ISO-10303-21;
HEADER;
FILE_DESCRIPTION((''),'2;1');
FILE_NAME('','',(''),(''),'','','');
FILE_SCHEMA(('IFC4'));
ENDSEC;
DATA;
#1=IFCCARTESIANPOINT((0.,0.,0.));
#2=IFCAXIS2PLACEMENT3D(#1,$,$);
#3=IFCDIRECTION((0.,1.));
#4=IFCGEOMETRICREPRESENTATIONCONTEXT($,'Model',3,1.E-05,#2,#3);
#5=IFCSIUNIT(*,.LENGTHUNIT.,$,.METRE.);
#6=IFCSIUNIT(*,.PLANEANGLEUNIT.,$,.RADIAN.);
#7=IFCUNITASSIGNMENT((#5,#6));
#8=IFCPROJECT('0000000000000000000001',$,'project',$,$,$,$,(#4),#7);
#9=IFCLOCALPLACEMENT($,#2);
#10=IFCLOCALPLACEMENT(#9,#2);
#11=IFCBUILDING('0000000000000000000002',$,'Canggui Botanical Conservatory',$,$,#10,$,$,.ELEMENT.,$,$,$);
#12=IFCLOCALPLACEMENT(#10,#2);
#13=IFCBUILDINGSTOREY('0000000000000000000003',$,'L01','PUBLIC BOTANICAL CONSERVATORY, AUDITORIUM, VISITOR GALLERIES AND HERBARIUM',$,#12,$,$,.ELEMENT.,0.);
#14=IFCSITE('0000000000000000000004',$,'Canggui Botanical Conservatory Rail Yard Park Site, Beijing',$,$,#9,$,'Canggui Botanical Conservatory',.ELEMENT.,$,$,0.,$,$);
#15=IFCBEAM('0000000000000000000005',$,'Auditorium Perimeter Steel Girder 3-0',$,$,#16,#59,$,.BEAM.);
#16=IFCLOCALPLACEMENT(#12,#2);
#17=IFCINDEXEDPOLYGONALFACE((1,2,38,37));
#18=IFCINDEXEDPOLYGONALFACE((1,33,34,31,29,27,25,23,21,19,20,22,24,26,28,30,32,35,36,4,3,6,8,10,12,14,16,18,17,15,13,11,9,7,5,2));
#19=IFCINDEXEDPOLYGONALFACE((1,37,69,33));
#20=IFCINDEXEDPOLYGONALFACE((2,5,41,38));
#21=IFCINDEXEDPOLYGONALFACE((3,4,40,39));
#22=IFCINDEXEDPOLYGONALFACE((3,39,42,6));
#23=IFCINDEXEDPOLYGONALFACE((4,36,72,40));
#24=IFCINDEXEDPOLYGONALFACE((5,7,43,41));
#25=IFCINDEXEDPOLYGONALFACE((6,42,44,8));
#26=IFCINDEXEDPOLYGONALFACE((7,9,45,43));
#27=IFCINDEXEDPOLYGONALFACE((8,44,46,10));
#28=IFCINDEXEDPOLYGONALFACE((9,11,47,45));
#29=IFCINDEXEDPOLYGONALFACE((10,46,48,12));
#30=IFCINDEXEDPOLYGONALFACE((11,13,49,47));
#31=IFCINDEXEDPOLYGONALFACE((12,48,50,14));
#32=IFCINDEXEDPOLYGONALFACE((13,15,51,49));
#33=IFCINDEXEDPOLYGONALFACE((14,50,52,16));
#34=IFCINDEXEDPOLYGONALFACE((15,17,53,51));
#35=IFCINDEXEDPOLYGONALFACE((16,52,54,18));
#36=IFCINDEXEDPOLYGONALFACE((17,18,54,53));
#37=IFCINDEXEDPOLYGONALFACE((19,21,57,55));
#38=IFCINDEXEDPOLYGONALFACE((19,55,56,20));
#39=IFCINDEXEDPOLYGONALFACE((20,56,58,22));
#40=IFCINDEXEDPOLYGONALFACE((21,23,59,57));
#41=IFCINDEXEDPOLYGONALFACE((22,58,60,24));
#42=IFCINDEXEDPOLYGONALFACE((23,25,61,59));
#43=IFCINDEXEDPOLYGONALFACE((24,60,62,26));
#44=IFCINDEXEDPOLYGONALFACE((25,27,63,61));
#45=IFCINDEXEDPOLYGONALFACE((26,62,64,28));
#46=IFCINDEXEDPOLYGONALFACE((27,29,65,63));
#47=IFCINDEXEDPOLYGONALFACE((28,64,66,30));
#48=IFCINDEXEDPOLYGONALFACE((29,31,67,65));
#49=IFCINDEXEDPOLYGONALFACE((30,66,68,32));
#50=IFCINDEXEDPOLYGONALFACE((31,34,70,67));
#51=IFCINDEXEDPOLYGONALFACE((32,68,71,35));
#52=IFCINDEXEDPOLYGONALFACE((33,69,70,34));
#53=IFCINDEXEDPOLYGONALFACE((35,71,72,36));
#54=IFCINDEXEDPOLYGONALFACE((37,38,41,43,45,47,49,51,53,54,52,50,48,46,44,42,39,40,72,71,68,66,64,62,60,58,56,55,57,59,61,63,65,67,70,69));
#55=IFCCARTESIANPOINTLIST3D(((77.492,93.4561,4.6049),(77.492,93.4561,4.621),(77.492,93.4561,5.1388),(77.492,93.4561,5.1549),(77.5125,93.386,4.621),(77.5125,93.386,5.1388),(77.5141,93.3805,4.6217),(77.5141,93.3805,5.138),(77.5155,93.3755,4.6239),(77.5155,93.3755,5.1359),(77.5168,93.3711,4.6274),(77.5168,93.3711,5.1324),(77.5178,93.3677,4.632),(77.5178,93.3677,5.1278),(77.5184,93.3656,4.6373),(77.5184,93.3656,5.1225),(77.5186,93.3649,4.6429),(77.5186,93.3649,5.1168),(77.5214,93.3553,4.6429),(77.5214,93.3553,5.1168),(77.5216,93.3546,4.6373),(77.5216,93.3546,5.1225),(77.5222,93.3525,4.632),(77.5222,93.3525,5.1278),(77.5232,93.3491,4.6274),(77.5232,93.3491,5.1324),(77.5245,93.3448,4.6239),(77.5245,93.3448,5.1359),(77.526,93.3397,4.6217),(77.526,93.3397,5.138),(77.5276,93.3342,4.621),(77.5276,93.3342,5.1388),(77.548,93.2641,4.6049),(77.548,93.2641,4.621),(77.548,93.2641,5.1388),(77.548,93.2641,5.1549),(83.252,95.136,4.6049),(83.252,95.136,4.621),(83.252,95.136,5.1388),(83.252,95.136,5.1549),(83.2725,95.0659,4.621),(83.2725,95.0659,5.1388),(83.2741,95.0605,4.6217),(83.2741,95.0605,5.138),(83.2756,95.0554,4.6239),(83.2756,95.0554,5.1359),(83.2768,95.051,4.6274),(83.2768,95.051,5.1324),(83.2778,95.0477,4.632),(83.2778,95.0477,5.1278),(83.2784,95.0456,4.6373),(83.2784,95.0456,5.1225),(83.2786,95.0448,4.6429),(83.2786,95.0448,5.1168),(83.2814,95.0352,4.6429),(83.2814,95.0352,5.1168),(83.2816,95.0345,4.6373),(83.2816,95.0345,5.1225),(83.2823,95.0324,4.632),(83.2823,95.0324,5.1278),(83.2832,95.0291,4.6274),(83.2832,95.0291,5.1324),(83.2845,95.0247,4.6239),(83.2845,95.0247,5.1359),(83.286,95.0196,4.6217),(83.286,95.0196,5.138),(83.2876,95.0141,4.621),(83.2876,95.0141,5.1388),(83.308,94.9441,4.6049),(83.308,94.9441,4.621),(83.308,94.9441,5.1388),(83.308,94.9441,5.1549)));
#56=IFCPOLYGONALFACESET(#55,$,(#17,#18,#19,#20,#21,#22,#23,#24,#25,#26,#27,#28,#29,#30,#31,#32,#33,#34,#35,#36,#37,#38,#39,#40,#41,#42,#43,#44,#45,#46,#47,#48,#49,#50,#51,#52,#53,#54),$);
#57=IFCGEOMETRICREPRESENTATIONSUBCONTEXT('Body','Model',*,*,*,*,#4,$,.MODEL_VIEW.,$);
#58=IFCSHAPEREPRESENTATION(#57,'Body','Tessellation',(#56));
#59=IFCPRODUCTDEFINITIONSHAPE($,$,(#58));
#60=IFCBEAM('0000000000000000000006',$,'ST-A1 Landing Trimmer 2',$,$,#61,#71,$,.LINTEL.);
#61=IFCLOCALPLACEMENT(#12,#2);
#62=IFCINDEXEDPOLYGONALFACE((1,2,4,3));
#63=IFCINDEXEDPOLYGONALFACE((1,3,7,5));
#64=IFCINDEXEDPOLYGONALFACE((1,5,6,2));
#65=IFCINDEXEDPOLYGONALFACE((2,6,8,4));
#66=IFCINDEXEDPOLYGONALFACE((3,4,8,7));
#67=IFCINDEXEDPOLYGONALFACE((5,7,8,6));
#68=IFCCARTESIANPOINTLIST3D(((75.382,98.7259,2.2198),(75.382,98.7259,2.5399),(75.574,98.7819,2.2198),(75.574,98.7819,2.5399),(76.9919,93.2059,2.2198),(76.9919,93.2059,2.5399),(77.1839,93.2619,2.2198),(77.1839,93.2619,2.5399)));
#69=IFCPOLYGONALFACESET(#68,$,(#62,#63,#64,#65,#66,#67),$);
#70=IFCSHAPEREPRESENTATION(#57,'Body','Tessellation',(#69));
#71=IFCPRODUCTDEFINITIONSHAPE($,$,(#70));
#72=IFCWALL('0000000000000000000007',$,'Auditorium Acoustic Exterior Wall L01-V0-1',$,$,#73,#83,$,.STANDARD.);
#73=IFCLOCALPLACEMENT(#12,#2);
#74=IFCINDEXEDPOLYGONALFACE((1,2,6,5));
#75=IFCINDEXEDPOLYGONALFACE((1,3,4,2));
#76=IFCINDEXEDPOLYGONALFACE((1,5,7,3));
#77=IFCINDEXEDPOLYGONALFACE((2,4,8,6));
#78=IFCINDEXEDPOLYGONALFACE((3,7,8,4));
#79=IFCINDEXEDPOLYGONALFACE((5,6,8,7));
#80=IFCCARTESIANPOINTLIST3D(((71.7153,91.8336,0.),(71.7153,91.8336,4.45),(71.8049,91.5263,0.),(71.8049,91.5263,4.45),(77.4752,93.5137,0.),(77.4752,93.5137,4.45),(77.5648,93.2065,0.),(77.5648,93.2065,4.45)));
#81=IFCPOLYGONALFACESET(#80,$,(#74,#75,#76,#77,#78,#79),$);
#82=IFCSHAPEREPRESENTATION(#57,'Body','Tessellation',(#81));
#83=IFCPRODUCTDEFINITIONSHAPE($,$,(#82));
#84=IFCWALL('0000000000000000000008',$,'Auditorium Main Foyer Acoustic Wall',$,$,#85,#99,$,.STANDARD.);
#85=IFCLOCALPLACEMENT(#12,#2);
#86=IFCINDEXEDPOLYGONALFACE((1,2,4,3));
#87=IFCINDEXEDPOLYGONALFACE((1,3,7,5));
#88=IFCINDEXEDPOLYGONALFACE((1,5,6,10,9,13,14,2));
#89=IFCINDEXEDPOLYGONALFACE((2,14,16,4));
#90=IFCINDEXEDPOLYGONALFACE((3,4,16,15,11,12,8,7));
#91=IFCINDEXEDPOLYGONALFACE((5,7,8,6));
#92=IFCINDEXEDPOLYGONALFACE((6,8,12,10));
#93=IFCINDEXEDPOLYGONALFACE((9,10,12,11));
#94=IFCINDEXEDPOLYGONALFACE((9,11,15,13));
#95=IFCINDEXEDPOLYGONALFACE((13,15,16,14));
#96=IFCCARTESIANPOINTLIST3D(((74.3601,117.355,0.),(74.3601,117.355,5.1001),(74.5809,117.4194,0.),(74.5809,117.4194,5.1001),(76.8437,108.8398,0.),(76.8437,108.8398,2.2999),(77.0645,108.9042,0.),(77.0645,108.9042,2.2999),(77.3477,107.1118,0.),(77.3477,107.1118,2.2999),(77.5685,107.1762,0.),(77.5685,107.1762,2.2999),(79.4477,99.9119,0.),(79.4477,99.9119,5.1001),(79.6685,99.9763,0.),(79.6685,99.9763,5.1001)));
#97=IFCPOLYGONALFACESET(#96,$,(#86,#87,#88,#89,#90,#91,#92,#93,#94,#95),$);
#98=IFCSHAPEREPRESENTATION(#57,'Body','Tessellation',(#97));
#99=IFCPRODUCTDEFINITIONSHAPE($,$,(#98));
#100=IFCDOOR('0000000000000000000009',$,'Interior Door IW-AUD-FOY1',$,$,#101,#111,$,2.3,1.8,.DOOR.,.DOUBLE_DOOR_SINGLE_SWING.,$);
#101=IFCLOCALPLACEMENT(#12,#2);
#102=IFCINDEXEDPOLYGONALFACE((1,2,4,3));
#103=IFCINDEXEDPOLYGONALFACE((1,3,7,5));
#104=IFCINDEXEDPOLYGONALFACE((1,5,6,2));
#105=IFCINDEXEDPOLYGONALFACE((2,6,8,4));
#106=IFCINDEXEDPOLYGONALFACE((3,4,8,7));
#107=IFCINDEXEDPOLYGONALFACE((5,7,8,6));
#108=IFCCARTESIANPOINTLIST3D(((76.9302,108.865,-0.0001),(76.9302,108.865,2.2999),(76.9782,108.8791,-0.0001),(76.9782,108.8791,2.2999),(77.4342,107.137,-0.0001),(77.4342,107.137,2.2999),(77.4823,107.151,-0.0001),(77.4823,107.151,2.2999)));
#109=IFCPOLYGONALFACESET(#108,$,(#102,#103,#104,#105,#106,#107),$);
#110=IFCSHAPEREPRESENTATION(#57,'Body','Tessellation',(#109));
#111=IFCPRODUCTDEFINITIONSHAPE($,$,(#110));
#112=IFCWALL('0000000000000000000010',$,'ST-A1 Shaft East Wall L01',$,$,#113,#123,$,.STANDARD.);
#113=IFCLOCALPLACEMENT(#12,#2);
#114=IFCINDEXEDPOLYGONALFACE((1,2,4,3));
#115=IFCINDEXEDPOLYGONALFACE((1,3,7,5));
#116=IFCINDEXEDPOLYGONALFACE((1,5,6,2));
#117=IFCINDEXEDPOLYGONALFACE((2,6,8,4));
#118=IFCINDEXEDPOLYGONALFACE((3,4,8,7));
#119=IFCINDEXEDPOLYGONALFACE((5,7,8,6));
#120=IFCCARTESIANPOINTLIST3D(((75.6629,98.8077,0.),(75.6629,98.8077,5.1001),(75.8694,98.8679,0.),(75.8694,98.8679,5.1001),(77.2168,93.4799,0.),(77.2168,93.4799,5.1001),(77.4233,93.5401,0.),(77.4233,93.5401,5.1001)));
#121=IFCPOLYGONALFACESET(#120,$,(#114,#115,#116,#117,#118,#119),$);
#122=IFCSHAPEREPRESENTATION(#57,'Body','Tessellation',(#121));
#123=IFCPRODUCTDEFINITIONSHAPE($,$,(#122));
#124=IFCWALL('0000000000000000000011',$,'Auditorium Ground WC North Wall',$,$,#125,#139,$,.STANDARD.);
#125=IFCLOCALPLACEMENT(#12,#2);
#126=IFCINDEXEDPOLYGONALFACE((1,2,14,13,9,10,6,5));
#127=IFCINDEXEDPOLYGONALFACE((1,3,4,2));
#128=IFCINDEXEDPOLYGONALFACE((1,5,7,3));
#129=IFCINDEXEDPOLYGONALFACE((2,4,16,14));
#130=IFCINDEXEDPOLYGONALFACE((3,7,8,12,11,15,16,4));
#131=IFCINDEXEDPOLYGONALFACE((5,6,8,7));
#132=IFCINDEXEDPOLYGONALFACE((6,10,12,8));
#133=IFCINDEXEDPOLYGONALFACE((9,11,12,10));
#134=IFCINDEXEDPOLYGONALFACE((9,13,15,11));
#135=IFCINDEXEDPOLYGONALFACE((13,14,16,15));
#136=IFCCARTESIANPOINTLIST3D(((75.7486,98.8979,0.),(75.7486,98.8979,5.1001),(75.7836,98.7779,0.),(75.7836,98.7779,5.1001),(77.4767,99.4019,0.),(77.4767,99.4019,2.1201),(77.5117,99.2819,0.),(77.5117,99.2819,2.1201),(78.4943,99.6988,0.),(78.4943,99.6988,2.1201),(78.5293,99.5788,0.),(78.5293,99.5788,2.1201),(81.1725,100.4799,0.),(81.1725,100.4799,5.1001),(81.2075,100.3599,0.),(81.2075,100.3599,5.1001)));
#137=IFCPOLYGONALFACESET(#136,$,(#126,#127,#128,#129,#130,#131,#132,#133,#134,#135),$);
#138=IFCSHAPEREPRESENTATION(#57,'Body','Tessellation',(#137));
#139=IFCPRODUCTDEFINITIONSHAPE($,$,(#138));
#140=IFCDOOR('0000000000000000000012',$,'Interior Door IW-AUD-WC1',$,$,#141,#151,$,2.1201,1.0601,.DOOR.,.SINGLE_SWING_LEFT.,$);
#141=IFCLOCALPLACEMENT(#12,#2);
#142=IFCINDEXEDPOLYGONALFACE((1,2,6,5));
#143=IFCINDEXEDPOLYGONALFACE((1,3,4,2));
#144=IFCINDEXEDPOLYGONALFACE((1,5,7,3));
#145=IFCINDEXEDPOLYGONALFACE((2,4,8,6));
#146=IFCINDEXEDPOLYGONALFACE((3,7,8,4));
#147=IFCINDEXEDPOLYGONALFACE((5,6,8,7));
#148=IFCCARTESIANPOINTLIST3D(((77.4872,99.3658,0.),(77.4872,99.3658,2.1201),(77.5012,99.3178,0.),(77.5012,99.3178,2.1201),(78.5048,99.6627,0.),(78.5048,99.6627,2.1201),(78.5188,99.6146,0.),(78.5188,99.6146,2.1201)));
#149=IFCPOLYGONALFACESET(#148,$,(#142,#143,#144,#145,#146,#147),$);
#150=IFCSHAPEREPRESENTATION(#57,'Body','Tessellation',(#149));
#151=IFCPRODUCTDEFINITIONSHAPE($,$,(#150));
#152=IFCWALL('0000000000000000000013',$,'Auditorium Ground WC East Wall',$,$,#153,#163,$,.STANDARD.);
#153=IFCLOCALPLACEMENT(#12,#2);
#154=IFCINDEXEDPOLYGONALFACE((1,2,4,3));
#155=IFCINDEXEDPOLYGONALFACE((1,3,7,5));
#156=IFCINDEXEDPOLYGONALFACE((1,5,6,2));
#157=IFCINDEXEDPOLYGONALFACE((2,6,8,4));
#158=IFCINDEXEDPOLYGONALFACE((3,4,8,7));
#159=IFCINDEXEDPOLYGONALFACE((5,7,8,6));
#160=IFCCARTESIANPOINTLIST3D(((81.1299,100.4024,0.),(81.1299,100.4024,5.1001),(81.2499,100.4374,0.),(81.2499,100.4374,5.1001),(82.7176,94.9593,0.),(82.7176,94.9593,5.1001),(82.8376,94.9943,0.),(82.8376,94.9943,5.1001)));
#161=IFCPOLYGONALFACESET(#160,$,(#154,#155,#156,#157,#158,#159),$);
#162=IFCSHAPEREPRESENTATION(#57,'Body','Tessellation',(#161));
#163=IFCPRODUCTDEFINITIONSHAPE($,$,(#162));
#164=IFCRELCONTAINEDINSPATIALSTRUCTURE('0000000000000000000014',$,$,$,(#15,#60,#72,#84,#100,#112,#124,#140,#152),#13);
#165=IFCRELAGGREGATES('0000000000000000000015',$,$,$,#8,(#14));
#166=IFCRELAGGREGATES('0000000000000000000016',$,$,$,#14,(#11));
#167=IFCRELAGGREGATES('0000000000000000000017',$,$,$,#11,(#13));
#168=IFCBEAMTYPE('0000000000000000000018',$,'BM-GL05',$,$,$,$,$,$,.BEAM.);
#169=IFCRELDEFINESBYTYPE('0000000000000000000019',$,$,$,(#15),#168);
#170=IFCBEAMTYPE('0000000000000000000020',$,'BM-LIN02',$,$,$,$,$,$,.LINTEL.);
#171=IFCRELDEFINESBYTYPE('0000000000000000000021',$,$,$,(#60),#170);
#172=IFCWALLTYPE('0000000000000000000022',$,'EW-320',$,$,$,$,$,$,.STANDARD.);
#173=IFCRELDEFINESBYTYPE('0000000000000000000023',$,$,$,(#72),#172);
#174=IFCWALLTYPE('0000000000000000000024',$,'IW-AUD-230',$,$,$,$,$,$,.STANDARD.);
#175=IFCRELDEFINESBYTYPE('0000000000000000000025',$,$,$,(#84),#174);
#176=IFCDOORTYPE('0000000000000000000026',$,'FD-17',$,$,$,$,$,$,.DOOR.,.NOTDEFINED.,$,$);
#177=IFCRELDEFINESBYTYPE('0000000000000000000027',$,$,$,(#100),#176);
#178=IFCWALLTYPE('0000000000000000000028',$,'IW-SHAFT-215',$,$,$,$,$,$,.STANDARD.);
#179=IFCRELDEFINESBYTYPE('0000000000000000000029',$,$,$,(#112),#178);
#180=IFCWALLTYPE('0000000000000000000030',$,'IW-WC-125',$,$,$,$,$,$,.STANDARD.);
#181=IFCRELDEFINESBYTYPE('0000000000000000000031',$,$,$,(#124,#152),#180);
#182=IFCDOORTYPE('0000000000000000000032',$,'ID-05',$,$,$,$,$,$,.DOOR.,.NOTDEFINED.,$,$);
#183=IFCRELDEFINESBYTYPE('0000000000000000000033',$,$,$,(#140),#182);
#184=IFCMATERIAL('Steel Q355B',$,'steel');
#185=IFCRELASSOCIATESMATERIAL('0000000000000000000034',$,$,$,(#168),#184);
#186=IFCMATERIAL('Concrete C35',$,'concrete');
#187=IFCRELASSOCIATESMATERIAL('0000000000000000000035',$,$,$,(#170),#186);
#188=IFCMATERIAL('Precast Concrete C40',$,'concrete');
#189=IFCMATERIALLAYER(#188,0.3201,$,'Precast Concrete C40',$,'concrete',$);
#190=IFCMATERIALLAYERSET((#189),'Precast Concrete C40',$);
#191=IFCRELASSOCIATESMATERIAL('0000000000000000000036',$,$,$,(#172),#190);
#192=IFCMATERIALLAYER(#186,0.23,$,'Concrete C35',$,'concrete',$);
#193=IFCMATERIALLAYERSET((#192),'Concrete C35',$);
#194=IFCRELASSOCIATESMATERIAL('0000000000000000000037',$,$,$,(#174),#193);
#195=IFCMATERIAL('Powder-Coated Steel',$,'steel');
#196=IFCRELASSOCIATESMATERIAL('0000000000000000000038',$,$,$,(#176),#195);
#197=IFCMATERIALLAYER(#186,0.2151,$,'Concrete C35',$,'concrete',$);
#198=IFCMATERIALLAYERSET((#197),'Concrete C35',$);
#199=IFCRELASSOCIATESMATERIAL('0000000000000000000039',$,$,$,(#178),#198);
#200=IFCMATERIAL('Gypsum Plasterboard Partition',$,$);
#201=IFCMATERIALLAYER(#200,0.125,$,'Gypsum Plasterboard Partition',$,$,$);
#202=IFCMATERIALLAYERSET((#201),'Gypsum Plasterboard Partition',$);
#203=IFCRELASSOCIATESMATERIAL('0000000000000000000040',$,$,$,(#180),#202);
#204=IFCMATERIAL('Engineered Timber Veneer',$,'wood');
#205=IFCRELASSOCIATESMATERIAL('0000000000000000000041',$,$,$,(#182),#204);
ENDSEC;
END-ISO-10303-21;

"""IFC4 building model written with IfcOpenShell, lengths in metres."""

from ifc_helpers import new_model, si_unit, direction, frame, frame_2d, origin, origin_2d, place, context, subcontext, project, spatial, rectangle, i_section, extrude, material, layer, layer_set, material_profile, profile_set, type_object, element, fill, save


model = new_model("IFC4")

# Units and contexts
model_context = context("Model", 3, precision=1e-05, world=origin(), true_north=direction((0.0, 1.0)))
body_context = subcontext(model_context, "Body", "Model", "MODEL_VIEW")
ifc_project = project(units=[si_unit("LENGTHUNIT", "METRE"), si_unit("PLANEANGLEUNIT", "RADIAN")], contexts=[model_context])

# Site, building, storey
site_placement = place(None, origin())
site = spatial("IfcSite", under=ifc_project, at=site_placement, Name="Canggui Botanical Conservatory Rail Yard Park Site, Beijing", LongName="Canggui Botanical Conservatory", CompositionType="ELEMENT", RefElevation=0.0)
building_placement = place(site_placement, origin())
building = spatial("IfcBuilding", under=site, at=building_placement, Name="Canggui Botanical Conservatory", CompositionType="ELEMENT")
storey_placement = place(building_placement, origin())
storey = spatial("IfcBuildingStorey", under=building, at=storey_placement, Name="L01", Description="PUBLIC BOTANICAL CONSERVATORY, AUDITORIUM, VISITOR GALLERIES AND HERBARIUM", CompositionType="ELEMENT", Elevation=0.0)

# Shared definitions
ifc_material_1 = material(Name="Concrete C35", Category="concrete")

# Shared definitions
ifc_material_2 = material(Name="Steel Q355B", Category="steel")

# Beams
ifc_material_profile_1 = material_profile(ifc_material_2, i_section(OverallWidth=0.2, OverallDepth=0.55, WebThickness=0.01, FlangeThickness=0.0161, FilletRadius=0.022, at=origin_2d()), Name="HN 550x200x10x16")
ifc_profile_set_1 = profile_set([ifc_material_profile_1], Name="Steel Q355B")
beam_type_1 = type_object("IfcBeamType", Name="BM-GL05", PredefinedType="BEAM", material=ifc_profile_set_1)
beam_1_placement = place(storey_placement, frame((77.52, 93.3601, 4.8799), z_axis=(0.960003, 0.279989, 0.0), x_axis=(-0.279989, 0.960003, 0.0)))
element("IfcBeam", 1, at=beam_1_placement, inside=storey, type_object=beam_type_1, Name="Auditorium Perimeter Steel Girder 3-0", PredefinedType="BEAM", context=body_context, shape_type="SweptSolid", body=[
    extrude(i_section(OverallWidth=0.2, OverallDepth=0.55, WebThickness=0.01, FlangeThickness=0.0161, FilletRadius=0.022, at=origin_2d()), origin(), (0.0, 0.0, 1.0), 6.0),
])
ifc_material_profile_2 = material_profile(ifc_material_1, rectangle(XDim=0.2, YDim=0.3201, at=origin_2d()), Name="RB 200x320")
ifc_profile_set_2 = profile_set([ifc_material_profile_2], Name="Concrete C35")
beam_type_2 = type_object("IfcBeamType", Name="BM-LIN02", PredefinedType="LINTEL", material=ifc_profile_set_2)
beam_2_placement = place(storey_placement, frame((77.0879, 93.2339, 2.3799), z_axis=(-0.279977, 0.960007, 0.0), x_axis=(-0.960007, -0.279977, 0.0)))
element("IfcBeam", 2, at=beam_2_placement, inside=storey, type_object=beam_type_2, Name="ST-A1 Landing Trimmer 2", PredefinedType="LINTEL", context=body_context, shape_type="SweptSolid", body=[
    extrude(rectangle(XDim=0.2, YDim=0.3201, at=origin_2d()), origin(), (0.0, 0.0, 1.0), 5.75),
])

# Wall
ifc_material_3 = material(Name="Precast Concrete C40", Category="concrete")
ifc_layer_1 = layer(ifc_material_3, 0.3201, Name="Precast Concrete C40", Category="concrete")
ifc_layer_set_1 = layer_set([ifc_layer_1], Name="Precast Concrete C40")
wall_type_1 = type_object("IfcWallType", Name="EW-320", PredefinedType="STANDARD", material=ifc_layer_set_1)
wall_1_placement = place(storey_placement, frame((77.52, 93.3601, 0.0), z_axis=(0.0, 0.0, 1.0), x_axis=(-0.959992, -0.280027, 0.0)))
element("IfcWall", 3, at=wall_1_placement, inside=storey, type_object=wall_type_1, Name="Auditorium Acoustic Exterior Wall L01-V0-1", PredefinedType="STANDARD", context=body_context, shape_type="SweptSolid", body=[
    extrude(rectangle(XDim=6.0, YDim=0.3201, at=frame_2d((3.0, 0.0))), origin(), (0.0, 0.0, 1.0), 4.45),
])

# Wall, opening, door
ifc_layer_2 = layer(ifc_material_1, 0.23, Name="Concrete C35", Category="concrete")
ifc_layer_set_2 = layer_set([ifc_layer_2], Name="Concrete C35")
wall_type_2 = type_object("IfcWallType", Name="IW-AUD-230", PredefinedType="STANDARD", material=ifc_layer_set_2)
wall_2_placement = place(storey_placement, frame((79.5581, 99.9441, 0.0), z_axis=(0.0, 0.0, 1.0), x_axis=(-0.280004, 0.959999, 0.0)))
wall_2 = element("IfcWall", 4, at=wall_2_placement, inside=storey, type_object=wall_type_2, Name="Auditorium Main Foyer Acoustic Wall", PredefinedType="STANDARD", context=body_context, shape_type="SweptSolid", body=[
    extrude(rectangle(XDim=18.1699, YDim=0.23, at=frame_2d((9.085, 0.0))), origin(), (0.0, 0.0, 1.0), 5.1001),
])
opening_1_placement = place(wall_2_placement, frame((7.5, 0.0, 0.0)))
opening_1 = element("IfcOpeningElement", 5, at=opening_1_placement, cuts=wall_2, PredefinedType="OPENING", context=body_context, shape_type="SweptSolid", body=[
    extrude(rectangle(XDim=1.8, YDim=2.3, at=frame_2d((0.8999, 1.1499))), frame((0.0, 0.125, 0.0), z_axis=(0.0, -1.0, 0.0), x_axis=(1.0, 0.0, 0.0)), (0.0, 0.0, 1.0), 0.25),
])
ifc_material_4 = material(Name="Powder-Coated Steel", Category="steel")
door_type_1 = type_object("IfcDoorType", Name="FD-17", OperationType="NOTDEFINED", PredefinedType="DOOR", material=ifc_material_4)
door_1_placement = place(opening_1_placement, origin())
door_1 = element("IfcDoor", 6, at=door_1_placement, inside=storey, type_object=door_type_1, Name="Interior Door IW-AUD-FOY1", OperationType="DOUBLE_DOOR_SINGLE_SWING", OverallHeight=2.3, OverallWidth=1.8, PredefinedType="DOOR", context=body_context, shape_type="SweptSolid", body=[
    extrude(rectangle(XDim=1.8, YDim=2.3, at=frame_2d((0.8999, 1.1499))), frame((0.0, 0.0249, 0.0), z_axis=(0.0, -1.0, 0.0), x_axis=(1.0, 0.0, 0.0)), (0.0, 0.0, 1.0), 0.05),
])
fill(opening_1, door_1)

# Wall
ifc_layer_3 = layer(ifc_material_1, 0.2151, Name="Concrete C35", Category="concrete")
ifc_layer_set_3 = layer_set([ifc_layer_3], Name="Concrete C35")
wall_type_3 = type_object("IfcWallType", Name="IW-SHAFT-215", PredefinedType="STANDARD", material=ifc_layer_set_3)
wall_3_placement = place(storey_placement, frame((77.3201, 93.51, 0.0), z_axis=(0.0, 0.0, 1.0), x_axis=(-0.279998, 0.96, 0.0)))
element("IfcWall", 7, at=wall_3_placement, inside=storey, type_object=wall_type_3, Name="ST-A1 Shaft East Wall L01", PredefinedType="STANDARD", context=body_context, shape_type="SweptSolid", body=[
    extrude(rectangle(XDim=5.5498, YDim=0.2151, at=frame_2d((2.7749, 0.0))), origin(), (0.0, 0.0, 1.0), 5.1001),
])

# Wall, opening, door
ifc_material_5 = material(Name="Gypsum Plasterboard Partition")
ifc_layer_4 = layer(ifc_material_5, 0.125, Name="Gypsum Plasterboard Partition")
ifc_layer_set_4 = layer_set([ifc_layer_4], Name="Gypsum Plasterboard Partition")
wall_type_4 = type_object("IfcWallType", Name="IW-WC-125", PredefinedType="STANDARD", material=ifc_layer_set_4)
wall_4_placement = place(storey_placement, frame((75.7661, 98.8379, 0.0), z_axis=(0.0, 0.0, 1.0), x_axis=(0.959996, 0.280013, 0.0)))
wall_4 = element("IfcWall", 8, at=wall_4_placement, inside=storey, type_object=wall_type_4, Name="Auditorium Ground WC North Wall", PredefinedType="STANDARD", context=body_context, shape_type="SweptSolid", body=[
    extrude(rectangle(XDim=5.6499, YDim=0.125, at=frame_2d((2.825, 0.0))), origin(), (0.0, 0.0, 1.0), 5.1001),
])
opening_2_placement = place(wall_4_placement, frame((1.8, 0.0, 0.0)))
opening_2 = element("IfcOpeningElement", 9, at=opening_2_placement, cuts=wall_4, PredefinedType="OPENING", context=body_context, shape_type="SweptSolid", body=[
    extrude(rectangle(XDim=1.0601, YDim=2.1201, at=frame_2d((0.53, 1.0601))), frame((0.0, 0.0725, 0.0), z_axis=(0.0, -1.0, 0.0), x_axis=(1.0, 0.0, 0.0)), (0.0, 0.0, 1.0), 0.145),
])
ifc_material_6 = material(Name="Engineered Timber Veneer", Category="wood")
door_type_2 = type_object("IfcDoorType", Name="ID-05", OperationType="NOTDEFINED", PredefinedType="DOOR", material=ifc_material_6)
door_2_placement = place(opening_2_placement, origin())
door_2 = element("IfcDoor", 10, at=door_2_placement, inside=storey, type_object=door_type_2, Name="Interior Door IW-AUD-WC1", OperationType="SINGLE_SWING_LEFT", OverallHeight=2.1201, OverallWidth=1.0601, PredefinedType="DOOR", context=body_context, shape_type="SweptSolid", body=[
    extrude(rectangle(XDim=1.0601, YDim=2.1201, at=frame_2d((0.53, 1.0601))), frame((0.0, 0.0249, 0.0), z_axis=(0.0, -1.0, 0.0), x_axis=(1.0, 0.0, 0.0)), (0.0, 0.0, 1.0), 0.05),
])
fill(opening_2, door_2)

# Wall
wall_5_placement = place(storey_placement, frame((82.7776, 94.9768, 0.0), z_axis=(0.0, 0.0, 1.0), x_axis=(-0.280012, 0.959997, 0.0)))
element("IfcWall", 11, at=wall_5_placement, inside=storey, type_object=wall_type_4, Name="Auditorium Ground WC East Wall", PredefinedType="STANDARD", context=body_context, shape_type="SweptSolid", body=[
    extrude(rectangle(XDim=5.6699, YDim=0.125, at=frame_2d((2.835, 0.0))), origin(), (0.0, 0.0, 1.0), 5.1001),
])

save(model, "model.ifc")
